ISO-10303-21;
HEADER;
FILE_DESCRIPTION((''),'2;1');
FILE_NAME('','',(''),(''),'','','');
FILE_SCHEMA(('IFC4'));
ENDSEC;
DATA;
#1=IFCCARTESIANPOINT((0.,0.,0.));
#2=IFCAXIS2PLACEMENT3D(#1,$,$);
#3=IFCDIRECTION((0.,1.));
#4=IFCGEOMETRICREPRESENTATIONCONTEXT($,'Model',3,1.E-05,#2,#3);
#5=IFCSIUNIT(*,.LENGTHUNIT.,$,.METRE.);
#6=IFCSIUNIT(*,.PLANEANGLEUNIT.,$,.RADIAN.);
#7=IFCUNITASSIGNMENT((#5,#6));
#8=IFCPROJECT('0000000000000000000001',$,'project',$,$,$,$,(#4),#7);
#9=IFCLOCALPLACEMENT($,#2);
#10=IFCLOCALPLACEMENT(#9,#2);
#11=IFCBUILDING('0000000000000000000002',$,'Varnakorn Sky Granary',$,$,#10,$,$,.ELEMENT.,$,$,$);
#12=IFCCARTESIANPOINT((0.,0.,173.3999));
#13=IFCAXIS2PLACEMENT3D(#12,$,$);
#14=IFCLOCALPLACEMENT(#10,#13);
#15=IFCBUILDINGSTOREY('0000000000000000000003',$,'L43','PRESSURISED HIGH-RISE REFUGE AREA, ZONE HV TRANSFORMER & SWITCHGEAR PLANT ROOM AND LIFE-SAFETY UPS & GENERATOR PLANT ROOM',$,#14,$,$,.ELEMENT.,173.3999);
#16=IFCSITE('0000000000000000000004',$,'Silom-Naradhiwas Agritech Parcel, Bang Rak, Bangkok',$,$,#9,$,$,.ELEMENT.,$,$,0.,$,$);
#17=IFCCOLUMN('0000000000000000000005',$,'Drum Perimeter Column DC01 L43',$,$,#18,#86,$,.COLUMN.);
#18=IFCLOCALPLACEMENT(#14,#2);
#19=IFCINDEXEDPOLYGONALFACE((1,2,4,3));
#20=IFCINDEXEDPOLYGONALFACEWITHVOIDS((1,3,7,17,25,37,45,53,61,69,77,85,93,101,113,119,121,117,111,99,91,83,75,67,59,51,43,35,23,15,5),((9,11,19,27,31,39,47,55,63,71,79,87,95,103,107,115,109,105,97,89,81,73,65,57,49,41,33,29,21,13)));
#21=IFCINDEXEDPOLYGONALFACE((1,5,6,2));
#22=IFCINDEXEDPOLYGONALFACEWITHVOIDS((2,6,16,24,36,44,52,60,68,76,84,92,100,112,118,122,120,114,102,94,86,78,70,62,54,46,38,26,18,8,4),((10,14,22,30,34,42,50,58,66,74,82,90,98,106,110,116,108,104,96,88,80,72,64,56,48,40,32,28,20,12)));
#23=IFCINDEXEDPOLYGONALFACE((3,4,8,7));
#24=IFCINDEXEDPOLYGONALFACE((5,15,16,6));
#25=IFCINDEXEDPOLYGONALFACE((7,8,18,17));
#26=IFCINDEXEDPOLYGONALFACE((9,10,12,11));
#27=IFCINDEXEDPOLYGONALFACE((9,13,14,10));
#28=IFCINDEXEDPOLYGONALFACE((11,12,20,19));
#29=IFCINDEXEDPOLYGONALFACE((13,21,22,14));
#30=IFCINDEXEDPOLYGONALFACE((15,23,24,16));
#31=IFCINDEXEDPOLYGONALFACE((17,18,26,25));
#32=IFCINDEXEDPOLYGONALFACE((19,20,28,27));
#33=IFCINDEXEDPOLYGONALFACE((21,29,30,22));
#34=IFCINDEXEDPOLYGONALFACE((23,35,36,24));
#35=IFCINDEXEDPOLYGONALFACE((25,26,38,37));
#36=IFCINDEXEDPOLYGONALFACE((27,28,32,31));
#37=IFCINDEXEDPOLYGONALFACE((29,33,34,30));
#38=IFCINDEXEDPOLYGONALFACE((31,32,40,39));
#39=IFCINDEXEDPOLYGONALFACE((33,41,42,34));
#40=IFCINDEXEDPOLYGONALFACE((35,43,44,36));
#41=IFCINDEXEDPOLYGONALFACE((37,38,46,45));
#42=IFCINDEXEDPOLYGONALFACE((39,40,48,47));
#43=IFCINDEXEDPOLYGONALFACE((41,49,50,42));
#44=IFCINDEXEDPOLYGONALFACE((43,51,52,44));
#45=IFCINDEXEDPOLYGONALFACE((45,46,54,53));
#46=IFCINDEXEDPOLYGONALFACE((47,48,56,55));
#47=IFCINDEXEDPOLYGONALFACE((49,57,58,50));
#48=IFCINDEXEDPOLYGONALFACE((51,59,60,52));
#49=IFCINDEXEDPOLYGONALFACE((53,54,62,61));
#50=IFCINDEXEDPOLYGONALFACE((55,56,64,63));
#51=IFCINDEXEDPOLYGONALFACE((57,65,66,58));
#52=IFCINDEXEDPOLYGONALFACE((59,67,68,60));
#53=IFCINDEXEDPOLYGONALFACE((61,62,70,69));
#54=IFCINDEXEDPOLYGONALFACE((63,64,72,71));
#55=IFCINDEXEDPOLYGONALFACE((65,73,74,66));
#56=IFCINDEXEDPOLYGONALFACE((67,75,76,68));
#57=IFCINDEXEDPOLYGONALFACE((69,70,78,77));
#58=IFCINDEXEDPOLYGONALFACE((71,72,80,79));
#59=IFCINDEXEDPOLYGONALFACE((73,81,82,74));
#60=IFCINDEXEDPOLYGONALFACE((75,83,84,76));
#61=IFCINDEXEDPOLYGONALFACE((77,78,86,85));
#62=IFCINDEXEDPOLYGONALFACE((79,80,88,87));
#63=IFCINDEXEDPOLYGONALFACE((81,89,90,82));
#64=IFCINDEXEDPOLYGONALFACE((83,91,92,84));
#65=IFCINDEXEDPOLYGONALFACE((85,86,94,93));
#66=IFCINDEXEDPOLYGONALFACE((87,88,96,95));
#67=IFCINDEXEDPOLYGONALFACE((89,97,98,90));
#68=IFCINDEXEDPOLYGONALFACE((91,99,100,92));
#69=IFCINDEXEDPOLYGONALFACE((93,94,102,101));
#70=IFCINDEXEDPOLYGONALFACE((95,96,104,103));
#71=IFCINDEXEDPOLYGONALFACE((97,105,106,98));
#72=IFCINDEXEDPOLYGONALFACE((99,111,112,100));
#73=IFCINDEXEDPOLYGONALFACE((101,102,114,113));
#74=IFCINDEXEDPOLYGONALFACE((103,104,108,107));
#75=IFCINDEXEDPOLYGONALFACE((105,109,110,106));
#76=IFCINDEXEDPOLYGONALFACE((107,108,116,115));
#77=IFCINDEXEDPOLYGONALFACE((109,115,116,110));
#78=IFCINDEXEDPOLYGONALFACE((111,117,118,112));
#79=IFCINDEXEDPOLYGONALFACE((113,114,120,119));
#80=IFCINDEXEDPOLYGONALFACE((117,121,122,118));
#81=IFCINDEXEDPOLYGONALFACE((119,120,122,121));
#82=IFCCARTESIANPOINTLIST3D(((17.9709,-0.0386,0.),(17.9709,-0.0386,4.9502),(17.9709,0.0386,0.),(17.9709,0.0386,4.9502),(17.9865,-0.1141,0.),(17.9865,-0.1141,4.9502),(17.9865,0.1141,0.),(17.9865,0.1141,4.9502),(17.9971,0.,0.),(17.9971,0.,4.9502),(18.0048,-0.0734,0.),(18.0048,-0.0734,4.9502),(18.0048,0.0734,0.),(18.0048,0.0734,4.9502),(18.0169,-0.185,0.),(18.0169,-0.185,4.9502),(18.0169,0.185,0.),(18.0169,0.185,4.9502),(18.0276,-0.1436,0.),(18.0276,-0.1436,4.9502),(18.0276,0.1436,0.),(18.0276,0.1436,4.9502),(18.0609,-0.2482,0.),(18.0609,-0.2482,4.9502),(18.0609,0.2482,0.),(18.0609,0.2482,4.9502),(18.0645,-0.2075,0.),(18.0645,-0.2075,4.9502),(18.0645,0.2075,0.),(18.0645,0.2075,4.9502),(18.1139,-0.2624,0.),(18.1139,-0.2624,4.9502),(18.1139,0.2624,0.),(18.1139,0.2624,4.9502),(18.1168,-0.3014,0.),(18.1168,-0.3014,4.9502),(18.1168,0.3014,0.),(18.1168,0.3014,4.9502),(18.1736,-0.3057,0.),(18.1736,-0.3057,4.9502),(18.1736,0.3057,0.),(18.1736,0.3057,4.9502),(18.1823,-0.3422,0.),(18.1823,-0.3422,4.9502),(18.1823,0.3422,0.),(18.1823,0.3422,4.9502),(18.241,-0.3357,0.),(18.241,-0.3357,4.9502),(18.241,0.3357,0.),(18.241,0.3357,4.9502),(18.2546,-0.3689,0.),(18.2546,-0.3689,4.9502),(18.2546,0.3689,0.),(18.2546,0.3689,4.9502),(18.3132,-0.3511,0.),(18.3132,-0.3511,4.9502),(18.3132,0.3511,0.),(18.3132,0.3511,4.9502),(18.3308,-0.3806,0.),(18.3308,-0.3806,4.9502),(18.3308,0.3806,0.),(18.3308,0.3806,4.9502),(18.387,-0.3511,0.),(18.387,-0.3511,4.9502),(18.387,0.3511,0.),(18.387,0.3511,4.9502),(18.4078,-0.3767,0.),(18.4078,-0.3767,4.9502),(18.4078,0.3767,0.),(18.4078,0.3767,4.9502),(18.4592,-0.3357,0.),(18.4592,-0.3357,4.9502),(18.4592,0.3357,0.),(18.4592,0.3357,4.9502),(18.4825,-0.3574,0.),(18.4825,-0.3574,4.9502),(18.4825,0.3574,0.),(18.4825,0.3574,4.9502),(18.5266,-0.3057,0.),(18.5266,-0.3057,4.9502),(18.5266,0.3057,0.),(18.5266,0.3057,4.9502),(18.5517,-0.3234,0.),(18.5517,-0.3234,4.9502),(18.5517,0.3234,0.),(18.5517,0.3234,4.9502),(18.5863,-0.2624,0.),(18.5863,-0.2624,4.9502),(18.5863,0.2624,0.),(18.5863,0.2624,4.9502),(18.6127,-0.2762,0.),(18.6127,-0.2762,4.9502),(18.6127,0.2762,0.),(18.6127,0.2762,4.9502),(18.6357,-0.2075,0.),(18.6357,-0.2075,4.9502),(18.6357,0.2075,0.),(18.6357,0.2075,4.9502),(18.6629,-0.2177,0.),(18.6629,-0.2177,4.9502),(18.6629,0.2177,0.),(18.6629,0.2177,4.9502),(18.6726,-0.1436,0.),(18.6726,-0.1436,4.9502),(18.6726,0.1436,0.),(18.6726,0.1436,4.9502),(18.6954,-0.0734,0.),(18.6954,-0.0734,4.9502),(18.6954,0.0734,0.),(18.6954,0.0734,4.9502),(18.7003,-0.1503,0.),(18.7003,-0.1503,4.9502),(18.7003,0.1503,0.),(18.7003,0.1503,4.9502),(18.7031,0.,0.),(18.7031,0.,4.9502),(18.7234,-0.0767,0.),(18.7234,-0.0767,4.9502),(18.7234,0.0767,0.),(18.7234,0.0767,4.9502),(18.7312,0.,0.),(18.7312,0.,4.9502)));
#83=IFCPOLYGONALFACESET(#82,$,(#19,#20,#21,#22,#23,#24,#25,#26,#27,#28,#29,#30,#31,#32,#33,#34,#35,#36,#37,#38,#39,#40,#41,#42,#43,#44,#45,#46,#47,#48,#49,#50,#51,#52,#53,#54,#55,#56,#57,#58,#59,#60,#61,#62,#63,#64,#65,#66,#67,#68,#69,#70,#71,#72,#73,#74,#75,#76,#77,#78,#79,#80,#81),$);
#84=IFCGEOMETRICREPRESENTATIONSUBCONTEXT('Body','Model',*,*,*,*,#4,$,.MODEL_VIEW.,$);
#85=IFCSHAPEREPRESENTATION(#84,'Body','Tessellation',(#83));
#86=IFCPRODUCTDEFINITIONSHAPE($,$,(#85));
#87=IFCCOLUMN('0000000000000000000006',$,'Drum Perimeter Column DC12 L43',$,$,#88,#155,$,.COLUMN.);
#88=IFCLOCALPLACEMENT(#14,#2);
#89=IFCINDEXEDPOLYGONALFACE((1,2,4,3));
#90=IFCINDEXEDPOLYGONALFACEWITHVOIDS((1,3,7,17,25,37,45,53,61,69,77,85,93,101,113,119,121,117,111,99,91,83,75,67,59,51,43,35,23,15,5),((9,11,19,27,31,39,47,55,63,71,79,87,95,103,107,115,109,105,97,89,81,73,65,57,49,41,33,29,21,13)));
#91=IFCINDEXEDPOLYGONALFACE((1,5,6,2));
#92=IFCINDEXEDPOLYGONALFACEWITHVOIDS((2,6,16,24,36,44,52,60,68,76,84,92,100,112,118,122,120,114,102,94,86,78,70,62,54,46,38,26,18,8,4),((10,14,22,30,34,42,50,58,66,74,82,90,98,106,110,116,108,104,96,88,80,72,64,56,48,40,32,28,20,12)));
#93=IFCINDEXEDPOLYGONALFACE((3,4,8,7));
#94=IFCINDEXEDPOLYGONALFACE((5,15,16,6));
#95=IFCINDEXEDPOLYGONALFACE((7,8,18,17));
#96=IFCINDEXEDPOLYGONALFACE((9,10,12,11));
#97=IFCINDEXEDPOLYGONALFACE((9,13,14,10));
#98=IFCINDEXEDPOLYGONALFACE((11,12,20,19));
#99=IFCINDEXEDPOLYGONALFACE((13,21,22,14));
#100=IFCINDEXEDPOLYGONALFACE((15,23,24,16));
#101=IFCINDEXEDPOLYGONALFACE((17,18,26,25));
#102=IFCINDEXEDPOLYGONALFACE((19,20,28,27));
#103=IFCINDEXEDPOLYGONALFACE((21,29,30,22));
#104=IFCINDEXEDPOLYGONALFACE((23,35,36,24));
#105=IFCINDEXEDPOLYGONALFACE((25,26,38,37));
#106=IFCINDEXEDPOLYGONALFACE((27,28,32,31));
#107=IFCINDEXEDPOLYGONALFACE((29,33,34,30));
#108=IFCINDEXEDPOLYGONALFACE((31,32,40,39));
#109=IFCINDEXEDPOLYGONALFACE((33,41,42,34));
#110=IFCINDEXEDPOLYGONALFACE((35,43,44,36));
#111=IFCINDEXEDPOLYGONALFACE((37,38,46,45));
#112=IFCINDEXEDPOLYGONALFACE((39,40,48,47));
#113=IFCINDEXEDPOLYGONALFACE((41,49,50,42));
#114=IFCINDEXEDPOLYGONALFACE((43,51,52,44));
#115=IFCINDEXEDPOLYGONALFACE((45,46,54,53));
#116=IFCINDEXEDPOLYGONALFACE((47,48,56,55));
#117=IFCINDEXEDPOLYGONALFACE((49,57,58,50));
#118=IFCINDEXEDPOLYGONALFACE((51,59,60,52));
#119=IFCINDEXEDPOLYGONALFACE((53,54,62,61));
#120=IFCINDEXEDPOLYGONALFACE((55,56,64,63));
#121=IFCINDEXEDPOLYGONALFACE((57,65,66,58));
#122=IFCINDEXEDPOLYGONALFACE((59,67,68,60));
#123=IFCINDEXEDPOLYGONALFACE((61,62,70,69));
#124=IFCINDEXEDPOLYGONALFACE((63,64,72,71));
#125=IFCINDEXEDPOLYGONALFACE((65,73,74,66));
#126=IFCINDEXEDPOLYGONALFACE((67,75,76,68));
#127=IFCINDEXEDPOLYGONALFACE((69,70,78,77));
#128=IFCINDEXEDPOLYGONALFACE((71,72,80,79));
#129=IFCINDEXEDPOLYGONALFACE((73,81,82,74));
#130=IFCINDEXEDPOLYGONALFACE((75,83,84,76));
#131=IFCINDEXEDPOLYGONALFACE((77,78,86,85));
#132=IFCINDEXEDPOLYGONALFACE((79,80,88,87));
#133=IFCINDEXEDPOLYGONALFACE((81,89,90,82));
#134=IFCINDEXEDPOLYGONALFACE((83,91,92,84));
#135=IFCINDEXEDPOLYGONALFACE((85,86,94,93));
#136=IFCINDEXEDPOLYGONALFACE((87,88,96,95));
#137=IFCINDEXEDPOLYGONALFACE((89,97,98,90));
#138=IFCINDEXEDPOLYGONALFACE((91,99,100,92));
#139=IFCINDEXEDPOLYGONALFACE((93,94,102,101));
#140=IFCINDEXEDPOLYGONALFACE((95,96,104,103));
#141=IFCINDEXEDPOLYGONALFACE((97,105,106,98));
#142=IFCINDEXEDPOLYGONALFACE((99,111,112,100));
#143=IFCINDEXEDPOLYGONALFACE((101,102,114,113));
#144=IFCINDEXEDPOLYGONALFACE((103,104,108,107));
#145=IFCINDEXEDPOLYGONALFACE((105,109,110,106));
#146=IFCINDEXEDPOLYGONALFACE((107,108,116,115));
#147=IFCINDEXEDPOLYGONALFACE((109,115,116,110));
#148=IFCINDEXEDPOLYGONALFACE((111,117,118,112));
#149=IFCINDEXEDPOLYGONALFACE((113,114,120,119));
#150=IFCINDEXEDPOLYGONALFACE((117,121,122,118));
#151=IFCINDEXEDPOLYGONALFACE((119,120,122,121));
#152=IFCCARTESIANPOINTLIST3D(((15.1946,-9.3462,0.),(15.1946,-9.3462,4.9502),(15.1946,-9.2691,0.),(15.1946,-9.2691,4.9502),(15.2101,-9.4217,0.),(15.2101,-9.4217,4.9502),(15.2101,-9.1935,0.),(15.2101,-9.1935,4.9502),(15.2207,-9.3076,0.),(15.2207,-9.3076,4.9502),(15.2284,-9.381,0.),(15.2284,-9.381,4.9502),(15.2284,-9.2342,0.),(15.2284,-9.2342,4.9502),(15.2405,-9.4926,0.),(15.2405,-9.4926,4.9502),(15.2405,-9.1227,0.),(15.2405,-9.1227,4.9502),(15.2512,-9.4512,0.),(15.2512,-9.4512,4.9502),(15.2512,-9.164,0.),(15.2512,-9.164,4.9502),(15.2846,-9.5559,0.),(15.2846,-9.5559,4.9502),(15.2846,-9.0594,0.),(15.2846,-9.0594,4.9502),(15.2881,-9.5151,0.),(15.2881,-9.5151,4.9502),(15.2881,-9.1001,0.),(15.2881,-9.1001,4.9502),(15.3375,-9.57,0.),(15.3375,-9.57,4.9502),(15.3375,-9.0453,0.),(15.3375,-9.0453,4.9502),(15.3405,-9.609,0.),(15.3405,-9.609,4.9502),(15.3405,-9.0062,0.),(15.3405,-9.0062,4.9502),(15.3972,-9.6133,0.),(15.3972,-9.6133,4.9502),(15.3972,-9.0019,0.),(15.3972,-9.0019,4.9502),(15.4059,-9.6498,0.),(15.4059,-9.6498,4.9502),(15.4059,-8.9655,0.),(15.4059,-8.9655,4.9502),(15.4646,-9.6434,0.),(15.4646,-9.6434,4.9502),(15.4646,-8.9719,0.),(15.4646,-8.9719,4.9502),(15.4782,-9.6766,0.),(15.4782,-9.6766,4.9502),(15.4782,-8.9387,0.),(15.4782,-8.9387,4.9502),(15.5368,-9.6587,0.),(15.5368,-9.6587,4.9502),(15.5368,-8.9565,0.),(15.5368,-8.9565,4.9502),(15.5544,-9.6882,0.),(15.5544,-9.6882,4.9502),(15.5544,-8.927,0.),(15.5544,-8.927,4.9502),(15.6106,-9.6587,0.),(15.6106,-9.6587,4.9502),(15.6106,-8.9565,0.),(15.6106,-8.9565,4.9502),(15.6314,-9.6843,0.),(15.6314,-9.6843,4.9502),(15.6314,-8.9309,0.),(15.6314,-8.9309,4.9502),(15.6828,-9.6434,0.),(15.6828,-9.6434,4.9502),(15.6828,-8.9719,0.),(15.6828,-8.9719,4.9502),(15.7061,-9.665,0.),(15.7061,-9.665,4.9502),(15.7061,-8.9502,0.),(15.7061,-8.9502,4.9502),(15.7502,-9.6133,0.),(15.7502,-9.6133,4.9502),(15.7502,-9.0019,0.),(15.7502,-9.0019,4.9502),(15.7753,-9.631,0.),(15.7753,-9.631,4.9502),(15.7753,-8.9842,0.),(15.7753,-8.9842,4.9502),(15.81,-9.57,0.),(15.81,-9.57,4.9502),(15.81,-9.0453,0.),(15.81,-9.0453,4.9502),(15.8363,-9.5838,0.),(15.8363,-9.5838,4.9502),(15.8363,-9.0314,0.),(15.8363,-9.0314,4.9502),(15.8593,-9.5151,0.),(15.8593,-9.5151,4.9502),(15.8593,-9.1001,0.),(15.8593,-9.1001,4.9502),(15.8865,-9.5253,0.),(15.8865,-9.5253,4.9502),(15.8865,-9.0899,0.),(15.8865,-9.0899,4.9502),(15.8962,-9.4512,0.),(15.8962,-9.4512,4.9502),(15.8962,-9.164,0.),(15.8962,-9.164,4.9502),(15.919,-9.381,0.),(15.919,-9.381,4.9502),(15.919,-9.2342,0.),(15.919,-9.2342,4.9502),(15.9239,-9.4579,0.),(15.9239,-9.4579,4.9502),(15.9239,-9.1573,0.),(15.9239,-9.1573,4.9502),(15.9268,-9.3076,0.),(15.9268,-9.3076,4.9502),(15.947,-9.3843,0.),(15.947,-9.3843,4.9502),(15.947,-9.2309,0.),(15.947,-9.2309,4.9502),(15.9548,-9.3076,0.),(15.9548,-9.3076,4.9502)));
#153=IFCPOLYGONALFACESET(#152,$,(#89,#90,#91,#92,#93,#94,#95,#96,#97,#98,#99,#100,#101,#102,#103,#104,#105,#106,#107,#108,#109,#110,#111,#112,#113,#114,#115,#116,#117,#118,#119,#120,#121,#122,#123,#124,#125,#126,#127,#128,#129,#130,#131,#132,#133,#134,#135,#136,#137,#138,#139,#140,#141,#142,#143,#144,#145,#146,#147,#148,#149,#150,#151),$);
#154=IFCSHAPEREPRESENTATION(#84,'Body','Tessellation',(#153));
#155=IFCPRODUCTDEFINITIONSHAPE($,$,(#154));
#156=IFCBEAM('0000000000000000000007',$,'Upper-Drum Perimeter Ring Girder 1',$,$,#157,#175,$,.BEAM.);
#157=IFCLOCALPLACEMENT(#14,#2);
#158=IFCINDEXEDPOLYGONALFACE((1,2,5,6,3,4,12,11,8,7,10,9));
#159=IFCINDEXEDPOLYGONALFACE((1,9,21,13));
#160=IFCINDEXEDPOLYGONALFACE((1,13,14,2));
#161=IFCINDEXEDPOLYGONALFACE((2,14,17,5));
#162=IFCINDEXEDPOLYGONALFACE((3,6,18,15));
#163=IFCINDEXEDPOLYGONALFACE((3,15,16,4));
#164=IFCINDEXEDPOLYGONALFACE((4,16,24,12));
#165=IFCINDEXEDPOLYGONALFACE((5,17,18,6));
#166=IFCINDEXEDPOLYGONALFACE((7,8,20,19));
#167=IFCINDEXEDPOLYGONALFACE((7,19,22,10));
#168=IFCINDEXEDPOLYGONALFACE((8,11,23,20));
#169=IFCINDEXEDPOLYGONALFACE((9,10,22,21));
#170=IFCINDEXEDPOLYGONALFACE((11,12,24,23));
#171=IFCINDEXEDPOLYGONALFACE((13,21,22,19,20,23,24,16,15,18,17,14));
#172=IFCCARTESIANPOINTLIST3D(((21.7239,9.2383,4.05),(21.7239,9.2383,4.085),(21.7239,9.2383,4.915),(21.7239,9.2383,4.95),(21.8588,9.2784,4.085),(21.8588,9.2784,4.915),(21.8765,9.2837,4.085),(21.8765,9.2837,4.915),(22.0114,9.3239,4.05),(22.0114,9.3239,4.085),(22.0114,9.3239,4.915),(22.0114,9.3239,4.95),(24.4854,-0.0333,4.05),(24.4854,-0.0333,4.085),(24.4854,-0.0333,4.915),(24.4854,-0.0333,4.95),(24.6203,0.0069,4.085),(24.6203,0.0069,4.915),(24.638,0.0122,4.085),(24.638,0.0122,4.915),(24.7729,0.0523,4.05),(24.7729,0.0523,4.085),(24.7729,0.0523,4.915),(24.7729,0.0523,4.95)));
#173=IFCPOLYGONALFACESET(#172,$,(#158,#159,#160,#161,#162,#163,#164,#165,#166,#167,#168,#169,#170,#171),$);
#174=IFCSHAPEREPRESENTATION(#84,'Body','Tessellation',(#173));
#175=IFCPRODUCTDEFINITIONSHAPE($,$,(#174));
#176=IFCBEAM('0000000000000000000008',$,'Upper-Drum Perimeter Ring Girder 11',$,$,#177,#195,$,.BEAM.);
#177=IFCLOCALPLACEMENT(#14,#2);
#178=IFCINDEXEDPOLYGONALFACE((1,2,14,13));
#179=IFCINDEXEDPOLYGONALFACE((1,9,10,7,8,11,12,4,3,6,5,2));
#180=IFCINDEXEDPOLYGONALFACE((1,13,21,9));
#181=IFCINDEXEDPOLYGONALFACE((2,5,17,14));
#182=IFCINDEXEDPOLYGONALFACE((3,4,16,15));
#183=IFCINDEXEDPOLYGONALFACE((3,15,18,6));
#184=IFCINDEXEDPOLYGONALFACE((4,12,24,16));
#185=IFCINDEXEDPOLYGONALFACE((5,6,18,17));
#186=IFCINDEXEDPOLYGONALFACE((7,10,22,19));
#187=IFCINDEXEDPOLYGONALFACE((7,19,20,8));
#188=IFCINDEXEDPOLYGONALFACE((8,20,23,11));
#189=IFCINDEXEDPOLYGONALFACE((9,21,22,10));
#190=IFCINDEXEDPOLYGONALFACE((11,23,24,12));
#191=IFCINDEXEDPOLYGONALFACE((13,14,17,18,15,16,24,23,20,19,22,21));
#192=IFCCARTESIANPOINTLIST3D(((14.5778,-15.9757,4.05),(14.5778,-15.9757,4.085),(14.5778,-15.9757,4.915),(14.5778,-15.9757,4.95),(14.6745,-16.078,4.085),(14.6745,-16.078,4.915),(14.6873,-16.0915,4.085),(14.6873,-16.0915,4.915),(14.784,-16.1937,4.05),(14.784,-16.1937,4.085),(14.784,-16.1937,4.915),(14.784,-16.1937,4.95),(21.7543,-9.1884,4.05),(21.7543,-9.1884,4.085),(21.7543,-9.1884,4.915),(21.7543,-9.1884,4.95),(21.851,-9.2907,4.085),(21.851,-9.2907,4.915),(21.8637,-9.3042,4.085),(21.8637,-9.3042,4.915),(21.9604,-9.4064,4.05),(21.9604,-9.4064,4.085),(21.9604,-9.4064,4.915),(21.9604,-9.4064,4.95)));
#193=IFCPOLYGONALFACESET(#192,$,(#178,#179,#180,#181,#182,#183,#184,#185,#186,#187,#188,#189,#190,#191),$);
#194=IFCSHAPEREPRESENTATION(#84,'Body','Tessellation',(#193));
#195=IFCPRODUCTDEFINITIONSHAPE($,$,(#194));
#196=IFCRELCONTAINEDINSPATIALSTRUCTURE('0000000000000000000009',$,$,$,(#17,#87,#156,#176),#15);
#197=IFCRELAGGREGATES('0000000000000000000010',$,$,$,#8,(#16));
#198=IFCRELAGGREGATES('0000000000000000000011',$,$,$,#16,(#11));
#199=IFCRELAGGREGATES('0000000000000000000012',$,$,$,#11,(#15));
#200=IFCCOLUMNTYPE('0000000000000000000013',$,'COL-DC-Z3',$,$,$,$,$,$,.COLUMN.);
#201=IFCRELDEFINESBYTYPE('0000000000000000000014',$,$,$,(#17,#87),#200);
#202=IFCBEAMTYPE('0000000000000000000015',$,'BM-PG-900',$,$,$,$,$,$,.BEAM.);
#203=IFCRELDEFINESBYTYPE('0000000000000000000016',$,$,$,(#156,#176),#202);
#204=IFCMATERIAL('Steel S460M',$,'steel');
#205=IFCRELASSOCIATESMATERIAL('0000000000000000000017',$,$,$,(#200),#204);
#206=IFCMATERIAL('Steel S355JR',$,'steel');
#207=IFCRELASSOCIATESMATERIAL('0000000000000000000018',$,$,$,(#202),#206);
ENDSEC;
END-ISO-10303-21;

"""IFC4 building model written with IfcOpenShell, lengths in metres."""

from ifc_helpers import new_model, si_unit, direction, frame, origin, origin_2d, place, context, subcontext, project, spatial, hollow_circle, i_section, extrude, material, material_profile, profile_set, type_object, element, save


model = new_model("IFC4")

# Units and contexts
model_context = context("Model", 3, precision=1e-05, world=origin(), true_north=direction((0.0, 1.0)))
body_context = subcontext(model_context, "Body", "Model", "MODEL_VIEW")
ifc_project = project(units=[si_unit("LENGTHUNIT", "METRE"), si_unit("PLANEANGLEUNIT", "RADIAN")], contexts=[model_context])

# Site, building, storey
site_placement = place(None, origin())
site = spatial("IfcSite", under=ifc_project, at=site_placement, Name="Silom-Naradhiwas Agritech Parcel, Bang Rak, Bangkok", CompositionType="ELEMENT", RefElevation=0.0)
building_placement = place(site_placement, origin())
building = spatial("IfcBuilding", under=site, at=building_placement, Name="Varnakorn Sky Granary", CompositionType="ELEMENT")
storey_placement = place(building_placement, frame((0.0, 0.0, 173.3999)))
storey = spatial("IfcBuildingStorey", under=building, at=storey_placement, Name="L43", Description="PRESSURISED HIGH-RISE REFUGE AREA, ZONE HV TRANSFORMER & SWITCHGEAR PLANT ROOM AND LIFE-SAFETY UPS & GENERATOR PLANT ROOM", CompositionType="ELEMENT", Elevation=173.3999)

# Columns
ifc_material_1 = material(Name="Steel S460M", Category="steel")
ifc_material_profile_1 = material_profile(ifc_material_1, hollow_circle(Radius=0.3811, WallThickness=0.0281, at=origin_2d()), Name="CHS 762x28")
ifc_profile_set_1 = profile_set([ifc_material_profile_1], Name="Steel S460M")
column_type = type_object("IfcColumnType", Name="COL-DC-Z3", PredefinedType="COLUMN", material=ifc_profile_set_1)
for number, where, z_axis, x_axis, name in (
    (1, (18.3501, 0.0, 0.0), (0.0, 0.0, 1.0), (1.0, 0.0, 0.0), "Drum Perimeter Column DC01 L43"),
    (2, (15.5737, -9.3076, 0.0), (0.0, 0.0, 1.0), (1.0, 0.0, 0.0), "Drum Perimeter Column DC12 L43"),
):
    element("IfcColumn", number, at=place(storey_placement, frame(where, z_axis=z_axis, x_axis=x_axis)), inside=storey, type_object=column_type, Name=name, PredefinedType="COLUMN", context=body_context, shape_type="SweptSolid", body=[
        extrude(hollow_circle(Radius=0.3811, WallThickness=0.0281, at=origin_2d()), origin(), (0.0, 0.0, 1.0), 4.9502),
    ])

# Beams
ifc_material_2 = material(Name="Steel S355JR", Category="steel")
ifc_material_profile_2 = material_profile(ifc_material_2, i_section(OverallWidth=0.3, OverallDepth=0.8999, WebThickness=0.0186, FlangeThickness=0.0349, at=origin_2d()), Name="HE 900 B")
ifc_profile_set_2 = profile_set([ifc_material_profile_2], Name="Steel S355JR")
beam_type_1 = type_object("IfcBeamType", Name="BM-PG-900", PredefinedType="BEAM", material=ifc_profile_set_2)
beam_1_placement = place(storey_placement, frame((24.6292, 0.0095, 4.5), z_axis=(-0.285453, 0.958393, 0.0), x_axis=(-0.958393, -0.285453, 0.0)))
element("IfcBeam", 3, at=beam_1_placement, inside=storey, type_object=beam_type_1, Name="Upper-Drum Perimeter Ring Girder 1", PredefinedType="BEAM", context=body_context, shape_type="SweptSolid", body=[
    extrude(i_section(OverallWidth=0.3, OverallDepth=0.8999, WebThickness=0.0186, FlangeThickness=0.0349, at=origin_2d()), origin(), (0.0, 0.0, 1.0), 9.6741),
])
beam_2_placement = place(storey_placement, frame((14.6809, -16.0847, 4.5), z_axis=(0.726531, 0.687134, 0.0), x_axis=(-0.687134, 0.726531, 0.0)))
element("IfcBeam", 4, at=beam_2_placement, inside=storey, type_object=beam_type_1, Name="Upper-Drum Perimeter Ring Girder 11", PredefinedType="BEAM", context=body_context, shape_type="SweptSolid", body=[
    extrude(i_section(OverallWidth=0.3, OverallDepth=0.8999, WebThickness=0.0186, FlangeThickness=0.0349, at=origin_2d()), origin(), (0.0, 0.0, 1.0), 9.8777),
])

save(model, "model.ifc")
